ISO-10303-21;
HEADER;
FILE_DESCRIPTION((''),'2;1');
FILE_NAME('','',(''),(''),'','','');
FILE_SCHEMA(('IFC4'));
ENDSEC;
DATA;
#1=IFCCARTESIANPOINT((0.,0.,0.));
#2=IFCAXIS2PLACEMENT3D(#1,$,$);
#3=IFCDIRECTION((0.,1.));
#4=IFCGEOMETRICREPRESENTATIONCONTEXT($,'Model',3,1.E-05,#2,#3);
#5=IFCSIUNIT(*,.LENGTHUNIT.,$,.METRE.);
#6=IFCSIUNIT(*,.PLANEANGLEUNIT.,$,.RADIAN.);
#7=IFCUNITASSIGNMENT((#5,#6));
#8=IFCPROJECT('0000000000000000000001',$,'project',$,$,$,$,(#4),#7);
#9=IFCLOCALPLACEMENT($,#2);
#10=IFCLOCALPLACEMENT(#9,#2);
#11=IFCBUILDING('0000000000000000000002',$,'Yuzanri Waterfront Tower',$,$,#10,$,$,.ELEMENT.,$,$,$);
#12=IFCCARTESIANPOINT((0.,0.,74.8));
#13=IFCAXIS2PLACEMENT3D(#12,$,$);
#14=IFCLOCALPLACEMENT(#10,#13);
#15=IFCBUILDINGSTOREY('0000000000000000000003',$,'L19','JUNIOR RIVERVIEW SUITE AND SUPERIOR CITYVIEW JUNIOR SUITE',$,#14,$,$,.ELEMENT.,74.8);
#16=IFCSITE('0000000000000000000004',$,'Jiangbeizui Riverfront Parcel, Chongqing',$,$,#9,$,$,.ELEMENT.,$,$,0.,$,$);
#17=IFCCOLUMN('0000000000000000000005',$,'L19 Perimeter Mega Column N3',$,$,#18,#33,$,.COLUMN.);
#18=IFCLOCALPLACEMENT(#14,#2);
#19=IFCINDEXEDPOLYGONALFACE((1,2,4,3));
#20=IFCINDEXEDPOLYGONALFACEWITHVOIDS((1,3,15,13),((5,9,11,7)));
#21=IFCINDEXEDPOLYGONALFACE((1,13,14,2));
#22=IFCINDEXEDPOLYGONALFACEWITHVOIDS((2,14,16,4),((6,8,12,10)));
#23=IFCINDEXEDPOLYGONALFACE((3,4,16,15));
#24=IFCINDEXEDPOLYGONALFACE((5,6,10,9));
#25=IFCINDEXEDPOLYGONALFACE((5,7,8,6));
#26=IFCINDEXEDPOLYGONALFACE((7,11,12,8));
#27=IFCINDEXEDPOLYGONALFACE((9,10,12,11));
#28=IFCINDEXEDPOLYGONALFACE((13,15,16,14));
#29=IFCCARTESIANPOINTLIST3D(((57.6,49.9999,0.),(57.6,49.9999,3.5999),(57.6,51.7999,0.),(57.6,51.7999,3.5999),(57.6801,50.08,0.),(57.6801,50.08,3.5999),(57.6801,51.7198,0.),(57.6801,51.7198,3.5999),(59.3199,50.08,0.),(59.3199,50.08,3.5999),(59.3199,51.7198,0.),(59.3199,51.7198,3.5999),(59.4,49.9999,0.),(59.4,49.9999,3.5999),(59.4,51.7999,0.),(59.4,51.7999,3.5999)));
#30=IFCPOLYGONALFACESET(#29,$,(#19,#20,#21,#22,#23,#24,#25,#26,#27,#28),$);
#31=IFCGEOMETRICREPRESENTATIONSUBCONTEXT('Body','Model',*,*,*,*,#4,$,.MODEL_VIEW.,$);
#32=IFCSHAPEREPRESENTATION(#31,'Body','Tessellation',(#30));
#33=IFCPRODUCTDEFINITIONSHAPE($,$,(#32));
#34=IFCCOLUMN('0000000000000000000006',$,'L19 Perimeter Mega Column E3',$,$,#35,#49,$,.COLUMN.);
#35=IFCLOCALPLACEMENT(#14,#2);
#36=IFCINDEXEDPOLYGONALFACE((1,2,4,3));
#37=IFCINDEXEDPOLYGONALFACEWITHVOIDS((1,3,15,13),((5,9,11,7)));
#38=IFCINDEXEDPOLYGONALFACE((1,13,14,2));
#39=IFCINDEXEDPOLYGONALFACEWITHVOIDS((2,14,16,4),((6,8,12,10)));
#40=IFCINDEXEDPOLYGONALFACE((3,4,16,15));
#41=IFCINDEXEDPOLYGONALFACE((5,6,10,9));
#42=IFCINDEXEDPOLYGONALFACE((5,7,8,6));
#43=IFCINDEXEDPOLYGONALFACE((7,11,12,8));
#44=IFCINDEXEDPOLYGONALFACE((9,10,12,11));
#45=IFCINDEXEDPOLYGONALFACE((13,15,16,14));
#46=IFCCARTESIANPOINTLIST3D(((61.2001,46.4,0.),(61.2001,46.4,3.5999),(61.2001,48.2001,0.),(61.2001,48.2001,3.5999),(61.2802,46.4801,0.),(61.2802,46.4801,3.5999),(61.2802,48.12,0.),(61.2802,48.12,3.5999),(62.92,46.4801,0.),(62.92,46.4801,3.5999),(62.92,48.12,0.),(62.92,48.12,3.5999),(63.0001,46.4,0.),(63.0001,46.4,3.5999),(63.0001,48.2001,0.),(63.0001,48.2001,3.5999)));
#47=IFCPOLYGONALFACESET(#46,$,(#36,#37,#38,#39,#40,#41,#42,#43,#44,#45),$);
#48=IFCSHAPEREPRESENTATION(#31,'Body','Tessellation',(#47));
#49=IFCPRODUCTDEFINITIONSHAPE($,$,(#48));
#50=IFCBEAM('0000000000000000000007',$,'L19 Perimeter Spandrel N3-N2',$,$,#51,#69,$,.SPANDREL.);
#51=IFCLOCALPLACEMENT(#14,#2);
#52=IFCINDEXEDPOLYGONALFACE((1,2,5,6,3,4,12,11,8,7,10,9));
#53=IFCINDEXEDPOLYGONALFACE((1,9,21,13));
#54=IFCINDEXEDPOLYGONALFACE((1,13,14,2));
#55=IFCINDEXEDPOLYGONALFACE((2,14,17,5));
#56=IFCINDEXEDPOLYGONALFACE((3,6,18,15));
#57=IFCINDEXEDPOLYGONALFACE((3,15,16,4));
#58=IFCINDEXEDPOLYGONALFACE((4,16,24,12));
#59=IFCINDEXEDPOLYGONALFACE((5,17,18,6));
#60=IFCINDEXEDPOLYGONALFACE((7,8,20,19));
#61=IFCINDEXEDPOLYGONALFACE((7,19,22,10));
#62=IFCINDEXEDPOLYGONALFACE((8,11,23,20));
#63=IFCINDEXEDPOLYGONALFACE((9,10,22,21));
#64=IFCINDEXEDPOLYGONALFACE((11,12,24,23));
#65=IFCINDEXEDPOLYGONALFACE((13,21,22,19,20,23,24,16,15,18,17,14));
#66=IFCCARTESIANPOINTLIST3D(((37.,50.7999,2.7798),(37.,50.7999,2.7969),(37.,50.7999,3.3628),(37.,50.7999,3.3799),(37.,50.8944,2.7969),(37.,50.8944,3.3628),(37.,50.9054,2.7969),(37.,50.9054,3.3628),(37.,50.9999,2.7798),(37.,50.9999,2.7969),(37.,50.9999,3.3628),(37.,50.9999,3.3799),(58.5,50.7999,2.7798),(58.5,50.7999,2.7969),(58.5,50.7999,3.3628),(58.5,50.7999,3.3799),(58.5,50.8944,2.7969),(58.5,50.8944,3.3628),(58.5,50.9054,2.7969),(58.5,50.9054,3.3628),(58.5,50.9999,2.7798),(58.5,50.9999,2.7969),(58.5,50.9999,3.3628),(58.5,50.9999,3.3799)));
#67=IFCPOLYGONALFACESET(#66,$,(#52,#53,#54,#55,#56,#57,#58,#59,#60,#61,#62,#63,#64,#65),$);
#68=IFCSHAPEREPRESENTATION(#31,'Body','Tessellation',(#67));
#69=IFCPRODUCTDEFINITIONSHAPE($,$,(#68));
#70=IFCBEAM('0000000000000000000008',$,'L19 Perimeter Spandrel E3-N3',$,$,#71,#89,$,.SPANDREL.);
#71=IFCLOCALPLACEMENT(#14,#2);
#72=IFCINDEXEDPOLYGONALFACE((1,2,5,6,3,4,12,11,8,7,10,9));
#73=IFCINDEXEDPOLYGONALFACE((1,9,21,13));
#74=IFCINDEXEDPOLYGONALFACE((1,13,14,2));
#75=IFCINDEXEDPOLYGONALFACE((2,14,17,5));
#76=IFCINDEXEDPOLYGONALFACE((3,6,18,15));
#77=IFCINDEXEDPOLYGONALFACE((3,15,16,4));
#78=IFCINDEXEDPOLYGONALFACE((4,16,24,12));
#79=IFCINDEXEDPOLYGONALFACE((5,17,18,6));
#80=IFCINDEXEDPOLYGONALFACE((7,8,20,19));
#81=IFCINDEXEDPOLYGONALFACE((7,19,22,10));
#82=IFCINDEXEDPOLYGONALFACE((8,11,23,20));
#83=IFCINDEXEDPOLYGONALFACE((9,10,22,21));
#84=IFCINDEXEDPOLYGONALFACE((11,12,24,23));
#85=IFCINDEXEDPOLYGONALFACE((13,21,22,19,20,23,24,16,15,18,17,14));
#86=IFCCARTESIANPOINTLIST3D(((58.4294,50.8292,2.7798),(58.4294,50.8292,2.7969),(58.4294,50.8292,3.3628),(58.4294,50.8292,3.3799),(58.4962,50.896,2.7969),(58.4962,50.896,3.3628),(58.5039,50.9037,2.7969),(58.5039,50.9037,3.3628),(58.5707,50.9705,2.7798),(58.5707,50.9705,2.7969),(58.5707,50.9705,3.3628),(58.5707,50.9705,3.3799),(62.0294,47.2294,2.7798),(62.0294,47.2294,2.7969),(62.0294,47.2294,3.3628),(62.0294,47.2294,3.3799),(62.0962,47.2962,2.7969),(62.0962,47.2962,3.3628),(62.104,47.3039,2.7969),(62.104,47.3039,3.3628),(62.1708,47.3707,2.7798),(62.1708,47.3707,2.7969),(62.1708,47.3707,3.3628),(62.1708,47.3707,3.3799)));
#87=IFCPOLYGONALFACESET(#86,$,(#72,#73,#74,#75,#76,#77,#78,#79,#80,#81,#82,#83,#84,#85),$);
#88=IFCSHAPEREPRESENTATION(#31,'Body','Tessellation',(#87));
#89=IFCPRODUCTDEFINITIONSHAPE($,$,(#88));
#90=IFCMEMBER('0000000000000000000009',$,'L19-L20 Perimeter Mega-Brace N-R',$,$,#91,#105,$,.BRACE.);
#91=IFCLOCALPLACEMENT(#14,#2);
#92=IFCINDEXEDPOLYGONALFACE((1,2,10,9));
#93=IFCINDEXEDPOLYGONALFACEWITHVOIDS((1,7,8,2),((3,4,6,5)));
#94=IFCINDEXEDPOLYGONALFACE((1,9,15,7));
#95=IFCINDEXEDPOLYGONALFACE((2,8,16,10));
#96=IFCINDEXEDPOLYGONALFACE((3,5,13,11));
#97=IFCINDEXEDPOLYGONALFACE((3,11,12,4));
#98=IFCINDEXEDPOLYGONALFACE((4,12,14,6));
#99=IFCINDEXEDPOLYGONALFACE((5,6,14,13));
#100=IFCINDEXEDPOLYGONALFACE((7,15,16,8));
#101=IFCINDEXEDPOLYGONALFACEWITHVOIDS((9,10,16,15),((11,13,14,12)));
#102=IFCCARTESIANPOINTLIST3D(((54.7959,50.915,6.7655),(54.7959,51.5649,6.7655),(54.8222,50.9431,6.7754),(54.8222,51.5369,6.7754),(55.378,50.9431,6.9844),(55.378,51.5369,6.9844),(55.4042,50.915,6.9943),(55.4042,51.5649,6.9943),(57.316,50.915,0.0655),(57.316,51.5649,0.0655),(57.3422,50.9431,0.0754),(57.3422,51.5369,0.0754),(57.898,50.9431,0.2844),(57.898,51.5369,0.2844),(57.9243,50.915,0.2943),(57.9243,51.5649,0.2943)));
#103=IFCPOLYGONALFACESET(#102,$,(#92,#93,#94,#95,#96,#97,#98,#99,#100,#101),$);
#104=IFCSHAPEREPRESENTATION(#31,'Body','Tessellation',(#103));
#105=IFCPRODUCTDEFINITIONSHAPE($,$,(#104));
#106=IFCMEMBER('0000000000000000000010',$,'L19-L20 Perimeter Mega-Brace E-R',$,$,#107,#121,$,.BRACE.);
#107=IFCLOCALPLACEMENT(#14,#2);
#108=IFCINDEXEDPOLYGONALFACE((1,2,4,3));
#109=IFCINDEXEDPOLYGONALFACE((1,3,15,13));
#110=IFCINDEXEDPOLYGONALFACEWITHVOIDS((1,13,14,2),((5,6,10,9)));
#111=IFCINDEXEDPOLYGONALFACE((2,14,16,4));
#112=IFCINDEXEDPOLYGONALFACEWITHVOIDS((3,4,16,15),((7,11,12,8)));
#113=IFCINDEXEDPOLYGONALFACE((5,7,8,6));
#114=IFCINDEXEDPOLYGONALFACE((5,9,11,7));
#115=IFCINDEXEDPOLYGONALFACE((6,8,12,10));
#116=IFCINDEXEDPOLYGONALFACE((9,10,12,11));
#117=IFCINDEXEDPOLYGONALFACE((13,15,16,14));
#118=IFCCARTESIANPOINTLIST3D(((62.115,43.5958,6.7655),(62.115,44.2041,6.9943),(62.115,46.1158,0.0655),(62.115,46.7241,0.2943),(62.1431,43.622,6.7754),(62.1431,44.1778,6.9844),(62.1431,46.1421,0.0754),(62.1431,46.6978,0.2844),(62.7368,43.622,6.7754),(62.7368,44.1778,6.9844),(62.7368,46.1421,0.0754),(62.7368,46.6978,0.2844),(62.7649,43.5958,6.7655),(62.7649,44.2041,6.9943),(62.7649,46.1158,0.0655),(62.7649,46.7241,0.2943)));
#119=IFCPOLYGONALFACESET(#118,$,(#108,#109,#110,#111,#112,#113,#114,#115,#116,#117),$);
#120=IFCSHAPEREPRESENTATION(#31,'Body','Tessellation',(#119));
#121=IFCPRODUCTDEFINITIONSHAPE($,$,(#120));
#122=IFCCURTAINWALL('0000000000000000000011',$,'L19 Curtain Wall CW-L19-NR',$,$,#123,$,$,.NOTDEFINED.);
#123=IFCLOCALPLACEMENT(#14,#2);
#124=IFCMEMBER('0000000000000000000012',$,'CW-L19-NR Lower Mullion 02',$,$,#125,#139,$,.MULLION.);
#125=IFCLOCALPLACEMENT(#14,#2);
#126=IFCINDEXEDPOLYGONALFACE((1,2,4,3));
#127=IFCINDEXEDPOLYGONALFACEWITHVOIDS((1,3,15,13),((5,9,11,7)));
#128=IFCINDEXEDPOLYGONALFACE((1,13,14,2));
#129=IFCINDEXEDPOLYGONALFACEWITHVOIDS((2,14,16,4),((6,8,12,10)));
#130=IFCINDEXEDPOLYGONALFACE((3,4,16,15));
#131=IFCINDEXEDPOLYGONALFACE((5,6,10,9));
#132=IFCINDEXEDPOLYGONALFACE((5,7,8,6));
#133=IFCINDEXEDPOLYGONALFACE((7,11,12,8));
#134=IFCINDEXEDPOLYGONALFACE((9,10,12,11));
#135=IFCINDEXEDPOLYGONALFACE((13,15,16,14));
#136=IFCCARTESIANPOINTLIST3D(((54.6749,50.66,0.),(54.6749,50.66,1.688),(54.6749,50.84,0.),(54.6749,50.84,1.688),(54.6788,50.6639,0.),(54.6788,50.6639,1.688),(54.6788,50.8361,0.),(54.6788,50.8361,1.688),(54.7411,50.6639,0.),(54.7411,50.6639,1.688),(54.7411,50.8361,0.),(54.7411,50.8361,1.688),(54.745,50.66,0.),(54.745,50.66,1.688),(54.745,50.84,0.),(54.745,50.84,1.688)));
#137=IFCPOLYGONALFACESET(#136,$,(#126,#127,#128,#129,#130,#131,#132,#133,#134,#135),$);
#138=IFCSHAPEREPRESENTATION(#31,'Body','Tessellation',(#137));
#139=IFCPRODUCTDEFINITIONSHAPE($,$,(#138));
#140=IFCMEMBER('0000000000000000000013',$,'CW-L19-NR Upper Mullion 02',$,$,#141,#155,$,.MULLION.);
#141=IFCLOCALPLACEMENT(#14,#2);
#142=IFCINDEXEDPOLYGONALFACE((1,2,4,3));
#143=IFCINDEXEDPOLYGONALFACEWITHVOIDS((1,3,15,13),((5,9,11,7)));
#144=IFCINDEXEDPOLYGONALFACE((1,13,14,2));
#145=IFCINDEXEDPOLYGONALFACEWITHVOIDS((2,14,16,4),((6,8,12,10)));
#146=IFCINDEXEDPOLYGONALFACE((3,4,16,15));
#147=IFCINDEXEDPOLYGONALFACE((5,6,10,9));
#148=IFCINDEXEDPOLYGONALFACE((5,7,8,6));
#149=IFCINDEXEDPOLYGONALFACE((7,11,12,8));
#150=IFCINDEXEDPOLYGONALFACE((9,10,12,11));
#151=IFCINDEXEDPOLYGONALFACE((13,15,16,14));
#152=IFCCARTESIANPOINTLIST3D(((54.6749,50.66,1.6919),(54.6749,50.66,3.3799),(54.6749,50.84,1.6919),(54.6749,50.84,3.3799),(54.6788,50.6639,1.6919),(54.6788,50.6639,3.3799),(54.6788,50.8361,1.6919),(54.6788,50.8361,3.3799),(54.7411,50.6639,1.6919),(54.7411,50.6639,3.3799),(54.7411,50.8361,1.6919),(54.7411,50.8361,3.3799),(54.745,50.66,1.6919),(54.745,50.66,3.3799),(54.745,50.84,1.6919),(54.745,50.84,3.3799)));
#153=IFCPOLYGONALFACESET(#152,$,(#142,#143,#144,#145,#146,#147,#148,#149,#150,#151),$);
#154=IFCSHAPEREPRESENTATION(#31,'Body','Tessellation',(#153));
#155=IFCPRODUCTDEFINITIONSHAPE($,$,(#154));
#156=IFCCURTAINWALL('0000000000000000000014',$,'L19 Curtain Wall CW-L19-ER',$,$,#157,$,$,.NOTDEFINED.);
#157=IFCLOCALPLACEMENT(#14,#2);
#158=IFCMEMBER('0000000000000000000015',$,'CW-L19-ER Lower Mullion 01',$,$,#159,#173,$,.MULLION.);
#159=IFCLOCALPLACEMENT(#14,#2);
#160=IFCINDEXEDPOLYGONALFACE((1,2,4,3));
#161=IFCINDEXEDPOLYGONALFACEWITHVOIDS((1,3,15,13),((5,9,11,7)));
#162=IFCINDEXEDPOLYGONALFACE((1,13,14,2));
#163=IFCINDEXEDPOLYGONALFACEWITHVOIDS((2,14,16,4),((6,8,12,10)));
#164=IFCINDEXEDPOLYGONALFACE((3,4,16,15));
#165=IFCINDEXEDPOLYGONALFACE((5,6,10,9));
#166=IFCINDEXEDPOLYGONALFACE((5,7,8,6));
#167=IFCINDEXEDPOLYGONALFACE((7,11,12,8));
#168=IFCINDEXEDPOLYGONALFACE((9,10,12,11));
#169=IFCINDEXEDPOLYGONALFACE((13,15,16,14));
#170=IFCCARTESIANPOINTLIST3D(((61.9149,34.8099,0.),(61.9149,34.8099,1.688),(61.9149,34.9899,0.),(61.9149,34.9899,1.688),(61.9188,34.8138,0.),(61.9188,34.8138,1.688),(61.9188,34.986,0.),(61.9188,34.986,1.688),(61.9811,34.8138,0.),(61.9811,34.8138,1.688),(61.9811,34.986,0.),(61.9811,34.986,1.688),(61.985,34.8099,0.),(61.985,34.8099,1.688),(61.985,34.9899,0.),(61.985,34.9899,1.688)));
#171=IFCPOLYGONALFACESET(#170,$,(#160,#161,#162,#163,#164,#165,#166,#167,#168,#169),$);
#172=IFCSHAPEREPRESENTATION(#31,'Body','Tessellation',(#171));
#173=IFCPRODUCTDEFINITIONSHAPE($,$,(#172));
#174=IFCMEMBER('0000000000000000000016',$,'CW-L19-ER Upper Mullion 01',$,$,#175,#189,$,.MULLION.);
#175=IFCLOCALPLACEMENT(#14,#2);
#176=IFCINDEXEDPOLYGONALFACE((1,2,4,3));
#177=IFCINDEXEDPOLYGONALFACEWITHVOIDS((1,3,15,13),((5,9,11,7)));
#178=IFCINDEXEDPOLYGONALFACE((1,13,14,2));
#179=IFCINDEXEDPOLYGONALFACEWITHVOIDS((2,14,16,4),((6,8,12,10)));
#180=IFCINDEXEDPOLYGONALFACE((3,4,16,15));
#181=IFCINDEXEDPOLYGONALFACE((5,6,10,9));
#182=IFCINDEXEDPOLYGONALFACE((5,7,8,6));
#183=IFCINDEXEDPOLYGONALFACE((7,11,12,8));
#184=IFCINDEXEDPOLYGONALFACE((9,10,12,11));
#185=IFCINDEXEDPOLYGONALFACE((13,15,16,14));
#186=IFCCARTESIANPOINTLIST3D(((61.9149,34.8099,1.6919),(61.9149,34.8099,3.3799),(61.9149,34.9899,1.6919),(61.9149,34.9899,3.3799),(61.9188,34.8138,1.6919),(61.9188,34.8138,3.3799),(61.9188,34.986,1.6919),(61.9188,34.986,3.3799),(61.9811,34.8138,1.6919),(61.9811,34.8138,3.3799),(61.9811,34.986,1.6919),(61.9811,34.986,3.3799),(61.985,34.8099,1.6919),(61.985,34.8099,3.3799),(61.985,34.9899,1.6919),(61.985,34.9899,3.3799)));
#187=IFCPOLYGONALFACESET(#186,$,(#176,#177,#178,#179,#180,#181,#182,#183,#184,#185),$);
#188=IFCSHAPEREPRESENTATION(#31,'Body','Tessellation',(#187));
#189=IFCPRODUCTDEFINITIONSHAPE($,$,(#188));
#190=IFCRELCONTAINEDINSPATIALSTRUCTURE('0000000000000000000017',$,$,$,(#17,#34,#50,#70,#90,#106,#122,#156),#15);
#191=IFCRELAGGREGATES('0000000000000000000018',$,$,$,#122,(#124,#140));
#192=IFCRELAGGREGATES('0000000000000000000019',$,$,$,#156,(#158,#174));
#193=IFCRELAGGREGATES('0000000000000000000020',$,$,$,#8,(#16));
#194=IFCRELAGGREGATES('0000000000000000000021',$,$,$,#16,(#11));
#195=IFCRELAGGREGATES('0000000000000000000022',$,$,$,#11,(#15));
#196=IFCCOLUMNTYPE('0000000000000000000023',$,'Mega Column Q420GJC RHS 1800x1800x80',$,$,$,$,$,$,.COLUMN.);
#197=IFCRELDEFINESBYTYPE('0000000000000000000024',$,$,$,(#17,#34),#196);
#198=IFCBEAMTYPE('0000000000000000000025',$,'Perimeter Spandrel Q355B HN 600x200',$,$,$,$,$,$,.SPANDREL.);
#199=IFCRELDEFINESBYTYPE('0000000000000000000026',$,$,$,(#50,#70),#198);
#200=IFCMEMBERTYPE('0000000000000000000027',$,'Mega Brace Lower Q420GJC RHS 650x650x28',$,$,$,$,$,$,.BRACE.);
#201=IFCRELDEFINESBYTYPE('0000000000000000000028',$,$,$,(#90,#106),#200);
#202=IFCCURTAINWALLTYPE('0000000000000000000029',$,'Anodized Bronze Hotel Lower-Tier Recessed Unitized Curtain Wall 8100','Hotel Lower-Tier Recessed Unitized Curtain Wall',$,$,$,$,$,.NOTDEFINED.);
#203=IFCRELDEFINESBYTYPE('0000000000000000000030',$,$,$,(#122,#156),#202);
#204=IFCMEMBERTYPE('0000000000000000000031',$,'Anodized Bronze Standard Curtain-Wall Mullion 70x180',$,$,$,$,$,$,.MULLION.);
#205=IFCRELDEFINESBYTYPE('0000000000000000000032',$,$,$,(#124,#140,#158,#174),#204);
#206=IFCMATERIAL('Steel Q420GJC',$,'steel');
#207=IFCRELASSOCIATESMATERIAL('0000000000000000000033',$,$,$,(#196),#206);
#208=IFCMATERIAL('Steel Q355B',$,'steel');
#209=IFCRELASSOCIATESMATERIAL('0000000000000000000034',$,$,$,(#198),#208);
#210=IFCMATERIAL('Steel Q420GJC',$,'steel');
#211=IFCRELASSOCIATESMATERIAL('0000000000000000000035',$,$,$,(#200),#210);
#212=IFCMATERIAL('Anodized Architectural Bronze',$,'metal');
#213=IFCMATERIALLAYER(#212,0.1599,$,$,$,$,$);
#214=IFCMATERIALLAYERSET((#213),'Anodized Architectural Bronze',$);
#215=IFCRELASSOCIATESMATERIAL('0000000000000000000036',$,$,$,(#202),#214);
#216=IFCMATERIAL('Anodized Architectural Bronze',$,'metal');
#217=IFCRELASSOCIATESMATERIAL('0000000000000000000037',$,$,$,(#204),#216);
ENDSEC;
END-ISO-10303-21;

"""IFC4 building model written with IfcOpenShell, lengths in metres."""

from ifc_helpers import new_model, si_unit, direction, frame, origin, origin_2d, place, context, subcontext, project, spatial, hollow_rectangle, i_section, extrude, source, transform, mapped, material, layer, layer_set, material_profile, profile_set, type_object, element, aggregate, save


model = new_model("IFC4")

# Units and contexts
model_context = context("Model", 3, precision=1e-05, world=origin(), true_north=direction((0.0, 1.0)))
body_context = subcontext(model_context, "Body", "Model", "MODEL_VIEW")
ifc_project = project(units=[si_unit("LENGTHUNIT", "METRE"), si_unit("PLANEANGLEUNIT", "RADIAN")], contexts=[model_context])

# Site, building, storey
site_placement = place(None, origin())
site = spatial("IfcSite", under=ifc_project, at=site_placement, Name="Jiangbeizui Riverfront Parcel, Chongqing", CompositionType="ELEMENT", RefElevation=0.0)
building_placement = place(site_placement, origin())
building = spatial("IfcBuilding", under=site, at=building_placement, Name="Yuzanri Waterfront Tower", CompositionType="ELEMENT")
storey_placement = place(building_placement, frame((0.0, 0.0, 74.8)))
storey = spatial("IfcBuildingStorey", under=building, at=storey_placement, Name="L19", Description="JUNIOR RIVERVIEW SUITE AND SUPERIOR CITYVIEW JUNIOR SUITE", CompositionType="ELEMENT", Elevation=74.8)

# Columns
ifc_material_1 = material(Name="Steel Q420GJC", Category="steel")
ifc_material_profile_1 = material_profile(ifc_material_1, hollow_rectangle(XDim=1.8, YDim=1.8, WallThickness=0.0801, at=origin_2d()), Name="RHS 1800x1800x80")
ifc_profile_set_1 = profile_set([ifc_material_profile_1], Name="Steel Q420GJC")
column_type = type_object("IfcColumnType", Name="Mega Column Q420GJC RHS 1800x1800x80", PredefinedType="COLUMN", material=ifc_profile_set_1)
shared_shape_1 = source(origin(), body_context, "Body", "SweptSolid", [
    extrude(hollow_rectangle(XDim=1.8, YDim=1.8, WallThickness=0.0801, at=origin_2d()), origin(), (0.0, 0.0, 1.0), 3.5999),
])
for number, where, z_axis, x_axis, name in (
    (1, (58.5, 50.8999, 0.0), (0.0, 0.0, 1.0), (1.0, 0.0, 0.0), "L19 Perimeter Mega Column N3"),
    (2, (62.1001, 47.3, 0.0), (0.0, 0.0, 1.0), (1.0, 0.0, 0.0), "L19 Perimeter Mega Column E3"),
):
    element("IfcColumn", number, at=place(storey_placement, frame(where, z_axis=z_axis, x_axis=x_axis)), inside=storey, type_object=column_type, Name=name, PredefinedType="COLUMN", context=body_context, shape_type="MappedRepresentation", body=[
        mapped(shared_shape_1, transform((0.0, 0.0, 0.0), scale=1.0)),
    ])

# Beams
ifc_material_2 = material(Name="Steel Q355B", Category="steel")
ifc_material_profile_2 = material_profile(ifc_material_2, i_section(OverallWidth=0.2, OverallDepth=0.6001, WebThickness=0.011, FlangeThickness=0.0171, at=origin_2d()), Name="HN 600x200x11x17")
ifc_profile_set_2 = profile_set([ifc_material_profile_2], Name="Steel Q355B")
beam_type = type_object("IfcBeamType", Name="Perimeter Spandrel Q355B HN 600x200", PredefinedType="SPANDREL", material=ifc_profile_set_2)
shared_shape_2 = source(origin(), body_context, "Body", "SweptSolid", [
    extrude(i_section(OverallWidth=0.2, OverallDepth=0.6001, WebThickness=0.011, FlangeThickness=0.0171, at=origin_2d()), origin(), (0.0, 0.0, 1.0), 21.5),
])
beam_1_placement = place(storey_placement, frame((58.5, 50.8999, 3.0798), z_axis=(-1.0, 0.0, 0.0), x_axis=(0.0, -1.0, 0.0)))
element("IfcBeam", 3, at=beam_1_placement, inside=storey, type_object=beam_type, Name="L19 Perimeter Spandrel N3-N2", PredefinedType="SPANDREL", context=body_context, shape_type="MappedRepresentation", body=[
    mapped(shared_shape_2, transform((0.0, 0.0, 0.0), scale=1.0)),
])
shared_shape_3 = source(origin(), body_context, "Body", "SweptSolid", [
    extrude(i_section(OverallWidth=0.2, OverallDepth=0.6001, WebThickness=0.011, FlangeThickness=0.0171, at=origin_2d()), origin(), (0.0, 0.0, 1.0), 5.0911),
])
beam_2_placement = place(storey_placement, frame((62.1001, 47.3, 3.0798), z_axis=(-0.707131, 0.707083, 0.0), x_axis=(-0.707083, -0.707131, 0.0)))
element("IfcBeam", 4, at=beam_2_placement, inside=storey, type_object=beam_type, Name="L19 Perimeter Spandrel E3-N3", PredefinedType="SPANDREL", context=body_context, shape_type="MappedRepresentation", body=[
    mapped(shared_shape_3, transform((0.0, 0.0, 0.0), scale=1.0)),
])

# Members
ifc_material_3 = material(Name="Steel Q420GJC", Category="steel")
ifc_material_profile_3 = material_profile(ifc_material_3, hollow_rectangle(XDim=0.6499, YDim=0.6499, WallThickness=0.0281, at=origin_2d()), Name="RHS 650x650x28")
ifc_profile_set_3 = profile_set([ifc_material_profile_3], Name="Steel Q420GJC")
member_type_1 = type_object("IfcMemberType", Name="Mega Brace Lower Q420GJC RHS 650x650x28", PredefinedType="BRACE", material=ifc_profile_set_3)
shared_shape_4 = source(origin(), body_context, "Body", "SweptSolid", [
    extrude(hollow_rectangle(XDim=0.6499, YDim=0.6499, WallThickness=0.0281, at=origin_2d()), origin(), (0.0, 0.0, 1.0), 7.1582),
])
for number, where, z_axis, x_axis, name in (
    (5, (57.6201, 51.24, 0.1799), (-0.352046, 0.0, 0.935983), (0.0, -1.0, 0.0), "L19-L20 Perimeter Mega-Brace N-R"),
    (6, (62.4399, 46.4199, 0.1799), (0.0, -0.352046, 0.935983), (1.0, 0.0, 0.0), "L19-L20 Perimeter Mega-Brace E-R"),
):
    element("IfcMember", number, at=place(storey_placement, frame(where, z_axis=z_axis, x_axis=x_axis)), inside=storey, type_object=member_type_1, Name=name, PredefinedType="BRACE", context=body_context, shape_type="MappedRepresentation", body=[
        mapped(shared_shape_4, transform((0.0, 0.0, 0.0), scale=1.0)),
    ])

# Curtain walls, members
ifc_material_4 = material(Name="Anodized Architectural Bronze", Category="metal")
ifc_layer_1 = layer(ifc_material_4, 0.1599)
ifc_layer_set_1 = layer_set([ifc_layer_1], Name="Anodized Architectural Bronze")
curtain_wall_type = type_object("IfcCurtainWallType", Name="Anodized Bronze Hotel Lower-Tier Recessed Unitized Curtain Wall 8100", Description="Hotel Lower-Tier Recessed Unitized Curtain Wall", PredefinedType="NOTDEFINED", material=ifc_layer_set_1)
curtain_wall_1_placement = place(storey_placement, origin())
curtain_wall_1 = element("IfcCurtainWall", 7, at=curtain_wall_1_placement, inside=storey, type_object=curtain_wall_type, Name="L19 Curtain Wall CW-L19-NR", PredefinedType="NOTDEFINED")
ifc_material_5 = material(Name="Anodized Architectural Bronze", Category="metal")
ifc_material_profile_4 = material_profile(ifc_material_5, hollow_rectangle(XDim=0.0701, YDim=0.1799, WallThickness=0.0039, at=origin_2d()), Name="CWM 70x180")
ifc_profile_set_4 = profile_set([ifc_material_profile_4], Name="Anodized Architectural Bronze")
member_type_2 = type_object("IfcMemberType", Name="Anodized Bronze Standard Curtain-Wall Mullion 70x180", PredefinedType="MULLION", material=ifc_profile_set_4)
shared_shape_5 = source(origin(), body_context, "Body", "SweptSolid", [
    extrude(hollow_rectangle(XDim=0.0701, YDim=0.1799, WallThickness=0.0039, at=origin_2d()), origin(), (0.0, 0.0, 1.0), 1.688),
])
member_1_placement = place(storey_placement, frame((54.71, 50.75, 0.0), z_axis=(0.0, 0.0, 1.0), x_axis=(1.0, 0.0, 0.0)))
member_1 = element("IfcMember", 8, at=member_1_placement, type_object=member_type_2, Name="CW-L19-NR Lower Mullion 02", PredefinedType="MULLION", context=body_context, shape_type="MappedRepresentation", body=[
    mapped(shared_shape_5, transform((0.0, 0.0, 0.0), scale=1.0)),
])
member_2_placement = place(storey_placement, frame((54.71, 50.75, 1.6919), z_axis=(0.0, 0.0, 1.0), x_axis=(1.0, 0.0, 0.0)))
member_2 = element("IfcMember", 9, at=member_2_placement, type_object=member_type_2, Name="CW-L19-NR Upper Mullion 02", PredefinedType="MULLION", context=body_context, shape_type="MappedRepresentation", body=[
    mapped(shared_shape_5, transform((0.0, 0.0, 0.0), scale=1.0)),
])
aggregate(curtain_wall_1, [member_1, member_2])
curtain_wall_2_placement = place(storey_placement, origin())
curtain_wall_2 = element("IfcCurtainWall", 10, at=curtain_wall_2_placement, inside=storey, type_object=curtain_wall_type, Name="L19 Curtain Wall CW-L19-ER", PredefinedType="NOTDEFINED")
member_3_placement = place(storey_placement, frame((61.95, 34.8999, 0.0), z_axis=(0.0, 0.0, 1.0), x_axis=(1.0, 0.0, 0.0)))
member_3 = element("IfcMember", 11, at=member_3_placement, type_object=member_type_2, Name="CW-L19-ER Lower Mullion 01", PredefinedType="MULLION", context=body_context, shape_type="MappedRepresentation", body=[
    mapped(shared_shape_5, transform((0.0, 0.0, 0.0), scale=1.0)),
])
member_4_placement = place(storey_placement, frame((61.95, 34.8999, 1.6919), z_axis=(0.0, 0.0, 1.0), x_axis=(1.0, 0.0, 0.0)))
member_4 = element("IfcMember", 12, at=member_4_placement, type_object=member_type_2, Name="CW-L19-ER Upper Mullion 01", PredefinedType="MULLION", context=body_context, shape_type="MappedRepresentation", body=[
    mapped(shared_shape_5, transform((0.0, 0.0, 0.0), scale=1.0)),
])

aggregate(curtain_wall_2, [member_3, member_4])

save(model, "model.ifc")
